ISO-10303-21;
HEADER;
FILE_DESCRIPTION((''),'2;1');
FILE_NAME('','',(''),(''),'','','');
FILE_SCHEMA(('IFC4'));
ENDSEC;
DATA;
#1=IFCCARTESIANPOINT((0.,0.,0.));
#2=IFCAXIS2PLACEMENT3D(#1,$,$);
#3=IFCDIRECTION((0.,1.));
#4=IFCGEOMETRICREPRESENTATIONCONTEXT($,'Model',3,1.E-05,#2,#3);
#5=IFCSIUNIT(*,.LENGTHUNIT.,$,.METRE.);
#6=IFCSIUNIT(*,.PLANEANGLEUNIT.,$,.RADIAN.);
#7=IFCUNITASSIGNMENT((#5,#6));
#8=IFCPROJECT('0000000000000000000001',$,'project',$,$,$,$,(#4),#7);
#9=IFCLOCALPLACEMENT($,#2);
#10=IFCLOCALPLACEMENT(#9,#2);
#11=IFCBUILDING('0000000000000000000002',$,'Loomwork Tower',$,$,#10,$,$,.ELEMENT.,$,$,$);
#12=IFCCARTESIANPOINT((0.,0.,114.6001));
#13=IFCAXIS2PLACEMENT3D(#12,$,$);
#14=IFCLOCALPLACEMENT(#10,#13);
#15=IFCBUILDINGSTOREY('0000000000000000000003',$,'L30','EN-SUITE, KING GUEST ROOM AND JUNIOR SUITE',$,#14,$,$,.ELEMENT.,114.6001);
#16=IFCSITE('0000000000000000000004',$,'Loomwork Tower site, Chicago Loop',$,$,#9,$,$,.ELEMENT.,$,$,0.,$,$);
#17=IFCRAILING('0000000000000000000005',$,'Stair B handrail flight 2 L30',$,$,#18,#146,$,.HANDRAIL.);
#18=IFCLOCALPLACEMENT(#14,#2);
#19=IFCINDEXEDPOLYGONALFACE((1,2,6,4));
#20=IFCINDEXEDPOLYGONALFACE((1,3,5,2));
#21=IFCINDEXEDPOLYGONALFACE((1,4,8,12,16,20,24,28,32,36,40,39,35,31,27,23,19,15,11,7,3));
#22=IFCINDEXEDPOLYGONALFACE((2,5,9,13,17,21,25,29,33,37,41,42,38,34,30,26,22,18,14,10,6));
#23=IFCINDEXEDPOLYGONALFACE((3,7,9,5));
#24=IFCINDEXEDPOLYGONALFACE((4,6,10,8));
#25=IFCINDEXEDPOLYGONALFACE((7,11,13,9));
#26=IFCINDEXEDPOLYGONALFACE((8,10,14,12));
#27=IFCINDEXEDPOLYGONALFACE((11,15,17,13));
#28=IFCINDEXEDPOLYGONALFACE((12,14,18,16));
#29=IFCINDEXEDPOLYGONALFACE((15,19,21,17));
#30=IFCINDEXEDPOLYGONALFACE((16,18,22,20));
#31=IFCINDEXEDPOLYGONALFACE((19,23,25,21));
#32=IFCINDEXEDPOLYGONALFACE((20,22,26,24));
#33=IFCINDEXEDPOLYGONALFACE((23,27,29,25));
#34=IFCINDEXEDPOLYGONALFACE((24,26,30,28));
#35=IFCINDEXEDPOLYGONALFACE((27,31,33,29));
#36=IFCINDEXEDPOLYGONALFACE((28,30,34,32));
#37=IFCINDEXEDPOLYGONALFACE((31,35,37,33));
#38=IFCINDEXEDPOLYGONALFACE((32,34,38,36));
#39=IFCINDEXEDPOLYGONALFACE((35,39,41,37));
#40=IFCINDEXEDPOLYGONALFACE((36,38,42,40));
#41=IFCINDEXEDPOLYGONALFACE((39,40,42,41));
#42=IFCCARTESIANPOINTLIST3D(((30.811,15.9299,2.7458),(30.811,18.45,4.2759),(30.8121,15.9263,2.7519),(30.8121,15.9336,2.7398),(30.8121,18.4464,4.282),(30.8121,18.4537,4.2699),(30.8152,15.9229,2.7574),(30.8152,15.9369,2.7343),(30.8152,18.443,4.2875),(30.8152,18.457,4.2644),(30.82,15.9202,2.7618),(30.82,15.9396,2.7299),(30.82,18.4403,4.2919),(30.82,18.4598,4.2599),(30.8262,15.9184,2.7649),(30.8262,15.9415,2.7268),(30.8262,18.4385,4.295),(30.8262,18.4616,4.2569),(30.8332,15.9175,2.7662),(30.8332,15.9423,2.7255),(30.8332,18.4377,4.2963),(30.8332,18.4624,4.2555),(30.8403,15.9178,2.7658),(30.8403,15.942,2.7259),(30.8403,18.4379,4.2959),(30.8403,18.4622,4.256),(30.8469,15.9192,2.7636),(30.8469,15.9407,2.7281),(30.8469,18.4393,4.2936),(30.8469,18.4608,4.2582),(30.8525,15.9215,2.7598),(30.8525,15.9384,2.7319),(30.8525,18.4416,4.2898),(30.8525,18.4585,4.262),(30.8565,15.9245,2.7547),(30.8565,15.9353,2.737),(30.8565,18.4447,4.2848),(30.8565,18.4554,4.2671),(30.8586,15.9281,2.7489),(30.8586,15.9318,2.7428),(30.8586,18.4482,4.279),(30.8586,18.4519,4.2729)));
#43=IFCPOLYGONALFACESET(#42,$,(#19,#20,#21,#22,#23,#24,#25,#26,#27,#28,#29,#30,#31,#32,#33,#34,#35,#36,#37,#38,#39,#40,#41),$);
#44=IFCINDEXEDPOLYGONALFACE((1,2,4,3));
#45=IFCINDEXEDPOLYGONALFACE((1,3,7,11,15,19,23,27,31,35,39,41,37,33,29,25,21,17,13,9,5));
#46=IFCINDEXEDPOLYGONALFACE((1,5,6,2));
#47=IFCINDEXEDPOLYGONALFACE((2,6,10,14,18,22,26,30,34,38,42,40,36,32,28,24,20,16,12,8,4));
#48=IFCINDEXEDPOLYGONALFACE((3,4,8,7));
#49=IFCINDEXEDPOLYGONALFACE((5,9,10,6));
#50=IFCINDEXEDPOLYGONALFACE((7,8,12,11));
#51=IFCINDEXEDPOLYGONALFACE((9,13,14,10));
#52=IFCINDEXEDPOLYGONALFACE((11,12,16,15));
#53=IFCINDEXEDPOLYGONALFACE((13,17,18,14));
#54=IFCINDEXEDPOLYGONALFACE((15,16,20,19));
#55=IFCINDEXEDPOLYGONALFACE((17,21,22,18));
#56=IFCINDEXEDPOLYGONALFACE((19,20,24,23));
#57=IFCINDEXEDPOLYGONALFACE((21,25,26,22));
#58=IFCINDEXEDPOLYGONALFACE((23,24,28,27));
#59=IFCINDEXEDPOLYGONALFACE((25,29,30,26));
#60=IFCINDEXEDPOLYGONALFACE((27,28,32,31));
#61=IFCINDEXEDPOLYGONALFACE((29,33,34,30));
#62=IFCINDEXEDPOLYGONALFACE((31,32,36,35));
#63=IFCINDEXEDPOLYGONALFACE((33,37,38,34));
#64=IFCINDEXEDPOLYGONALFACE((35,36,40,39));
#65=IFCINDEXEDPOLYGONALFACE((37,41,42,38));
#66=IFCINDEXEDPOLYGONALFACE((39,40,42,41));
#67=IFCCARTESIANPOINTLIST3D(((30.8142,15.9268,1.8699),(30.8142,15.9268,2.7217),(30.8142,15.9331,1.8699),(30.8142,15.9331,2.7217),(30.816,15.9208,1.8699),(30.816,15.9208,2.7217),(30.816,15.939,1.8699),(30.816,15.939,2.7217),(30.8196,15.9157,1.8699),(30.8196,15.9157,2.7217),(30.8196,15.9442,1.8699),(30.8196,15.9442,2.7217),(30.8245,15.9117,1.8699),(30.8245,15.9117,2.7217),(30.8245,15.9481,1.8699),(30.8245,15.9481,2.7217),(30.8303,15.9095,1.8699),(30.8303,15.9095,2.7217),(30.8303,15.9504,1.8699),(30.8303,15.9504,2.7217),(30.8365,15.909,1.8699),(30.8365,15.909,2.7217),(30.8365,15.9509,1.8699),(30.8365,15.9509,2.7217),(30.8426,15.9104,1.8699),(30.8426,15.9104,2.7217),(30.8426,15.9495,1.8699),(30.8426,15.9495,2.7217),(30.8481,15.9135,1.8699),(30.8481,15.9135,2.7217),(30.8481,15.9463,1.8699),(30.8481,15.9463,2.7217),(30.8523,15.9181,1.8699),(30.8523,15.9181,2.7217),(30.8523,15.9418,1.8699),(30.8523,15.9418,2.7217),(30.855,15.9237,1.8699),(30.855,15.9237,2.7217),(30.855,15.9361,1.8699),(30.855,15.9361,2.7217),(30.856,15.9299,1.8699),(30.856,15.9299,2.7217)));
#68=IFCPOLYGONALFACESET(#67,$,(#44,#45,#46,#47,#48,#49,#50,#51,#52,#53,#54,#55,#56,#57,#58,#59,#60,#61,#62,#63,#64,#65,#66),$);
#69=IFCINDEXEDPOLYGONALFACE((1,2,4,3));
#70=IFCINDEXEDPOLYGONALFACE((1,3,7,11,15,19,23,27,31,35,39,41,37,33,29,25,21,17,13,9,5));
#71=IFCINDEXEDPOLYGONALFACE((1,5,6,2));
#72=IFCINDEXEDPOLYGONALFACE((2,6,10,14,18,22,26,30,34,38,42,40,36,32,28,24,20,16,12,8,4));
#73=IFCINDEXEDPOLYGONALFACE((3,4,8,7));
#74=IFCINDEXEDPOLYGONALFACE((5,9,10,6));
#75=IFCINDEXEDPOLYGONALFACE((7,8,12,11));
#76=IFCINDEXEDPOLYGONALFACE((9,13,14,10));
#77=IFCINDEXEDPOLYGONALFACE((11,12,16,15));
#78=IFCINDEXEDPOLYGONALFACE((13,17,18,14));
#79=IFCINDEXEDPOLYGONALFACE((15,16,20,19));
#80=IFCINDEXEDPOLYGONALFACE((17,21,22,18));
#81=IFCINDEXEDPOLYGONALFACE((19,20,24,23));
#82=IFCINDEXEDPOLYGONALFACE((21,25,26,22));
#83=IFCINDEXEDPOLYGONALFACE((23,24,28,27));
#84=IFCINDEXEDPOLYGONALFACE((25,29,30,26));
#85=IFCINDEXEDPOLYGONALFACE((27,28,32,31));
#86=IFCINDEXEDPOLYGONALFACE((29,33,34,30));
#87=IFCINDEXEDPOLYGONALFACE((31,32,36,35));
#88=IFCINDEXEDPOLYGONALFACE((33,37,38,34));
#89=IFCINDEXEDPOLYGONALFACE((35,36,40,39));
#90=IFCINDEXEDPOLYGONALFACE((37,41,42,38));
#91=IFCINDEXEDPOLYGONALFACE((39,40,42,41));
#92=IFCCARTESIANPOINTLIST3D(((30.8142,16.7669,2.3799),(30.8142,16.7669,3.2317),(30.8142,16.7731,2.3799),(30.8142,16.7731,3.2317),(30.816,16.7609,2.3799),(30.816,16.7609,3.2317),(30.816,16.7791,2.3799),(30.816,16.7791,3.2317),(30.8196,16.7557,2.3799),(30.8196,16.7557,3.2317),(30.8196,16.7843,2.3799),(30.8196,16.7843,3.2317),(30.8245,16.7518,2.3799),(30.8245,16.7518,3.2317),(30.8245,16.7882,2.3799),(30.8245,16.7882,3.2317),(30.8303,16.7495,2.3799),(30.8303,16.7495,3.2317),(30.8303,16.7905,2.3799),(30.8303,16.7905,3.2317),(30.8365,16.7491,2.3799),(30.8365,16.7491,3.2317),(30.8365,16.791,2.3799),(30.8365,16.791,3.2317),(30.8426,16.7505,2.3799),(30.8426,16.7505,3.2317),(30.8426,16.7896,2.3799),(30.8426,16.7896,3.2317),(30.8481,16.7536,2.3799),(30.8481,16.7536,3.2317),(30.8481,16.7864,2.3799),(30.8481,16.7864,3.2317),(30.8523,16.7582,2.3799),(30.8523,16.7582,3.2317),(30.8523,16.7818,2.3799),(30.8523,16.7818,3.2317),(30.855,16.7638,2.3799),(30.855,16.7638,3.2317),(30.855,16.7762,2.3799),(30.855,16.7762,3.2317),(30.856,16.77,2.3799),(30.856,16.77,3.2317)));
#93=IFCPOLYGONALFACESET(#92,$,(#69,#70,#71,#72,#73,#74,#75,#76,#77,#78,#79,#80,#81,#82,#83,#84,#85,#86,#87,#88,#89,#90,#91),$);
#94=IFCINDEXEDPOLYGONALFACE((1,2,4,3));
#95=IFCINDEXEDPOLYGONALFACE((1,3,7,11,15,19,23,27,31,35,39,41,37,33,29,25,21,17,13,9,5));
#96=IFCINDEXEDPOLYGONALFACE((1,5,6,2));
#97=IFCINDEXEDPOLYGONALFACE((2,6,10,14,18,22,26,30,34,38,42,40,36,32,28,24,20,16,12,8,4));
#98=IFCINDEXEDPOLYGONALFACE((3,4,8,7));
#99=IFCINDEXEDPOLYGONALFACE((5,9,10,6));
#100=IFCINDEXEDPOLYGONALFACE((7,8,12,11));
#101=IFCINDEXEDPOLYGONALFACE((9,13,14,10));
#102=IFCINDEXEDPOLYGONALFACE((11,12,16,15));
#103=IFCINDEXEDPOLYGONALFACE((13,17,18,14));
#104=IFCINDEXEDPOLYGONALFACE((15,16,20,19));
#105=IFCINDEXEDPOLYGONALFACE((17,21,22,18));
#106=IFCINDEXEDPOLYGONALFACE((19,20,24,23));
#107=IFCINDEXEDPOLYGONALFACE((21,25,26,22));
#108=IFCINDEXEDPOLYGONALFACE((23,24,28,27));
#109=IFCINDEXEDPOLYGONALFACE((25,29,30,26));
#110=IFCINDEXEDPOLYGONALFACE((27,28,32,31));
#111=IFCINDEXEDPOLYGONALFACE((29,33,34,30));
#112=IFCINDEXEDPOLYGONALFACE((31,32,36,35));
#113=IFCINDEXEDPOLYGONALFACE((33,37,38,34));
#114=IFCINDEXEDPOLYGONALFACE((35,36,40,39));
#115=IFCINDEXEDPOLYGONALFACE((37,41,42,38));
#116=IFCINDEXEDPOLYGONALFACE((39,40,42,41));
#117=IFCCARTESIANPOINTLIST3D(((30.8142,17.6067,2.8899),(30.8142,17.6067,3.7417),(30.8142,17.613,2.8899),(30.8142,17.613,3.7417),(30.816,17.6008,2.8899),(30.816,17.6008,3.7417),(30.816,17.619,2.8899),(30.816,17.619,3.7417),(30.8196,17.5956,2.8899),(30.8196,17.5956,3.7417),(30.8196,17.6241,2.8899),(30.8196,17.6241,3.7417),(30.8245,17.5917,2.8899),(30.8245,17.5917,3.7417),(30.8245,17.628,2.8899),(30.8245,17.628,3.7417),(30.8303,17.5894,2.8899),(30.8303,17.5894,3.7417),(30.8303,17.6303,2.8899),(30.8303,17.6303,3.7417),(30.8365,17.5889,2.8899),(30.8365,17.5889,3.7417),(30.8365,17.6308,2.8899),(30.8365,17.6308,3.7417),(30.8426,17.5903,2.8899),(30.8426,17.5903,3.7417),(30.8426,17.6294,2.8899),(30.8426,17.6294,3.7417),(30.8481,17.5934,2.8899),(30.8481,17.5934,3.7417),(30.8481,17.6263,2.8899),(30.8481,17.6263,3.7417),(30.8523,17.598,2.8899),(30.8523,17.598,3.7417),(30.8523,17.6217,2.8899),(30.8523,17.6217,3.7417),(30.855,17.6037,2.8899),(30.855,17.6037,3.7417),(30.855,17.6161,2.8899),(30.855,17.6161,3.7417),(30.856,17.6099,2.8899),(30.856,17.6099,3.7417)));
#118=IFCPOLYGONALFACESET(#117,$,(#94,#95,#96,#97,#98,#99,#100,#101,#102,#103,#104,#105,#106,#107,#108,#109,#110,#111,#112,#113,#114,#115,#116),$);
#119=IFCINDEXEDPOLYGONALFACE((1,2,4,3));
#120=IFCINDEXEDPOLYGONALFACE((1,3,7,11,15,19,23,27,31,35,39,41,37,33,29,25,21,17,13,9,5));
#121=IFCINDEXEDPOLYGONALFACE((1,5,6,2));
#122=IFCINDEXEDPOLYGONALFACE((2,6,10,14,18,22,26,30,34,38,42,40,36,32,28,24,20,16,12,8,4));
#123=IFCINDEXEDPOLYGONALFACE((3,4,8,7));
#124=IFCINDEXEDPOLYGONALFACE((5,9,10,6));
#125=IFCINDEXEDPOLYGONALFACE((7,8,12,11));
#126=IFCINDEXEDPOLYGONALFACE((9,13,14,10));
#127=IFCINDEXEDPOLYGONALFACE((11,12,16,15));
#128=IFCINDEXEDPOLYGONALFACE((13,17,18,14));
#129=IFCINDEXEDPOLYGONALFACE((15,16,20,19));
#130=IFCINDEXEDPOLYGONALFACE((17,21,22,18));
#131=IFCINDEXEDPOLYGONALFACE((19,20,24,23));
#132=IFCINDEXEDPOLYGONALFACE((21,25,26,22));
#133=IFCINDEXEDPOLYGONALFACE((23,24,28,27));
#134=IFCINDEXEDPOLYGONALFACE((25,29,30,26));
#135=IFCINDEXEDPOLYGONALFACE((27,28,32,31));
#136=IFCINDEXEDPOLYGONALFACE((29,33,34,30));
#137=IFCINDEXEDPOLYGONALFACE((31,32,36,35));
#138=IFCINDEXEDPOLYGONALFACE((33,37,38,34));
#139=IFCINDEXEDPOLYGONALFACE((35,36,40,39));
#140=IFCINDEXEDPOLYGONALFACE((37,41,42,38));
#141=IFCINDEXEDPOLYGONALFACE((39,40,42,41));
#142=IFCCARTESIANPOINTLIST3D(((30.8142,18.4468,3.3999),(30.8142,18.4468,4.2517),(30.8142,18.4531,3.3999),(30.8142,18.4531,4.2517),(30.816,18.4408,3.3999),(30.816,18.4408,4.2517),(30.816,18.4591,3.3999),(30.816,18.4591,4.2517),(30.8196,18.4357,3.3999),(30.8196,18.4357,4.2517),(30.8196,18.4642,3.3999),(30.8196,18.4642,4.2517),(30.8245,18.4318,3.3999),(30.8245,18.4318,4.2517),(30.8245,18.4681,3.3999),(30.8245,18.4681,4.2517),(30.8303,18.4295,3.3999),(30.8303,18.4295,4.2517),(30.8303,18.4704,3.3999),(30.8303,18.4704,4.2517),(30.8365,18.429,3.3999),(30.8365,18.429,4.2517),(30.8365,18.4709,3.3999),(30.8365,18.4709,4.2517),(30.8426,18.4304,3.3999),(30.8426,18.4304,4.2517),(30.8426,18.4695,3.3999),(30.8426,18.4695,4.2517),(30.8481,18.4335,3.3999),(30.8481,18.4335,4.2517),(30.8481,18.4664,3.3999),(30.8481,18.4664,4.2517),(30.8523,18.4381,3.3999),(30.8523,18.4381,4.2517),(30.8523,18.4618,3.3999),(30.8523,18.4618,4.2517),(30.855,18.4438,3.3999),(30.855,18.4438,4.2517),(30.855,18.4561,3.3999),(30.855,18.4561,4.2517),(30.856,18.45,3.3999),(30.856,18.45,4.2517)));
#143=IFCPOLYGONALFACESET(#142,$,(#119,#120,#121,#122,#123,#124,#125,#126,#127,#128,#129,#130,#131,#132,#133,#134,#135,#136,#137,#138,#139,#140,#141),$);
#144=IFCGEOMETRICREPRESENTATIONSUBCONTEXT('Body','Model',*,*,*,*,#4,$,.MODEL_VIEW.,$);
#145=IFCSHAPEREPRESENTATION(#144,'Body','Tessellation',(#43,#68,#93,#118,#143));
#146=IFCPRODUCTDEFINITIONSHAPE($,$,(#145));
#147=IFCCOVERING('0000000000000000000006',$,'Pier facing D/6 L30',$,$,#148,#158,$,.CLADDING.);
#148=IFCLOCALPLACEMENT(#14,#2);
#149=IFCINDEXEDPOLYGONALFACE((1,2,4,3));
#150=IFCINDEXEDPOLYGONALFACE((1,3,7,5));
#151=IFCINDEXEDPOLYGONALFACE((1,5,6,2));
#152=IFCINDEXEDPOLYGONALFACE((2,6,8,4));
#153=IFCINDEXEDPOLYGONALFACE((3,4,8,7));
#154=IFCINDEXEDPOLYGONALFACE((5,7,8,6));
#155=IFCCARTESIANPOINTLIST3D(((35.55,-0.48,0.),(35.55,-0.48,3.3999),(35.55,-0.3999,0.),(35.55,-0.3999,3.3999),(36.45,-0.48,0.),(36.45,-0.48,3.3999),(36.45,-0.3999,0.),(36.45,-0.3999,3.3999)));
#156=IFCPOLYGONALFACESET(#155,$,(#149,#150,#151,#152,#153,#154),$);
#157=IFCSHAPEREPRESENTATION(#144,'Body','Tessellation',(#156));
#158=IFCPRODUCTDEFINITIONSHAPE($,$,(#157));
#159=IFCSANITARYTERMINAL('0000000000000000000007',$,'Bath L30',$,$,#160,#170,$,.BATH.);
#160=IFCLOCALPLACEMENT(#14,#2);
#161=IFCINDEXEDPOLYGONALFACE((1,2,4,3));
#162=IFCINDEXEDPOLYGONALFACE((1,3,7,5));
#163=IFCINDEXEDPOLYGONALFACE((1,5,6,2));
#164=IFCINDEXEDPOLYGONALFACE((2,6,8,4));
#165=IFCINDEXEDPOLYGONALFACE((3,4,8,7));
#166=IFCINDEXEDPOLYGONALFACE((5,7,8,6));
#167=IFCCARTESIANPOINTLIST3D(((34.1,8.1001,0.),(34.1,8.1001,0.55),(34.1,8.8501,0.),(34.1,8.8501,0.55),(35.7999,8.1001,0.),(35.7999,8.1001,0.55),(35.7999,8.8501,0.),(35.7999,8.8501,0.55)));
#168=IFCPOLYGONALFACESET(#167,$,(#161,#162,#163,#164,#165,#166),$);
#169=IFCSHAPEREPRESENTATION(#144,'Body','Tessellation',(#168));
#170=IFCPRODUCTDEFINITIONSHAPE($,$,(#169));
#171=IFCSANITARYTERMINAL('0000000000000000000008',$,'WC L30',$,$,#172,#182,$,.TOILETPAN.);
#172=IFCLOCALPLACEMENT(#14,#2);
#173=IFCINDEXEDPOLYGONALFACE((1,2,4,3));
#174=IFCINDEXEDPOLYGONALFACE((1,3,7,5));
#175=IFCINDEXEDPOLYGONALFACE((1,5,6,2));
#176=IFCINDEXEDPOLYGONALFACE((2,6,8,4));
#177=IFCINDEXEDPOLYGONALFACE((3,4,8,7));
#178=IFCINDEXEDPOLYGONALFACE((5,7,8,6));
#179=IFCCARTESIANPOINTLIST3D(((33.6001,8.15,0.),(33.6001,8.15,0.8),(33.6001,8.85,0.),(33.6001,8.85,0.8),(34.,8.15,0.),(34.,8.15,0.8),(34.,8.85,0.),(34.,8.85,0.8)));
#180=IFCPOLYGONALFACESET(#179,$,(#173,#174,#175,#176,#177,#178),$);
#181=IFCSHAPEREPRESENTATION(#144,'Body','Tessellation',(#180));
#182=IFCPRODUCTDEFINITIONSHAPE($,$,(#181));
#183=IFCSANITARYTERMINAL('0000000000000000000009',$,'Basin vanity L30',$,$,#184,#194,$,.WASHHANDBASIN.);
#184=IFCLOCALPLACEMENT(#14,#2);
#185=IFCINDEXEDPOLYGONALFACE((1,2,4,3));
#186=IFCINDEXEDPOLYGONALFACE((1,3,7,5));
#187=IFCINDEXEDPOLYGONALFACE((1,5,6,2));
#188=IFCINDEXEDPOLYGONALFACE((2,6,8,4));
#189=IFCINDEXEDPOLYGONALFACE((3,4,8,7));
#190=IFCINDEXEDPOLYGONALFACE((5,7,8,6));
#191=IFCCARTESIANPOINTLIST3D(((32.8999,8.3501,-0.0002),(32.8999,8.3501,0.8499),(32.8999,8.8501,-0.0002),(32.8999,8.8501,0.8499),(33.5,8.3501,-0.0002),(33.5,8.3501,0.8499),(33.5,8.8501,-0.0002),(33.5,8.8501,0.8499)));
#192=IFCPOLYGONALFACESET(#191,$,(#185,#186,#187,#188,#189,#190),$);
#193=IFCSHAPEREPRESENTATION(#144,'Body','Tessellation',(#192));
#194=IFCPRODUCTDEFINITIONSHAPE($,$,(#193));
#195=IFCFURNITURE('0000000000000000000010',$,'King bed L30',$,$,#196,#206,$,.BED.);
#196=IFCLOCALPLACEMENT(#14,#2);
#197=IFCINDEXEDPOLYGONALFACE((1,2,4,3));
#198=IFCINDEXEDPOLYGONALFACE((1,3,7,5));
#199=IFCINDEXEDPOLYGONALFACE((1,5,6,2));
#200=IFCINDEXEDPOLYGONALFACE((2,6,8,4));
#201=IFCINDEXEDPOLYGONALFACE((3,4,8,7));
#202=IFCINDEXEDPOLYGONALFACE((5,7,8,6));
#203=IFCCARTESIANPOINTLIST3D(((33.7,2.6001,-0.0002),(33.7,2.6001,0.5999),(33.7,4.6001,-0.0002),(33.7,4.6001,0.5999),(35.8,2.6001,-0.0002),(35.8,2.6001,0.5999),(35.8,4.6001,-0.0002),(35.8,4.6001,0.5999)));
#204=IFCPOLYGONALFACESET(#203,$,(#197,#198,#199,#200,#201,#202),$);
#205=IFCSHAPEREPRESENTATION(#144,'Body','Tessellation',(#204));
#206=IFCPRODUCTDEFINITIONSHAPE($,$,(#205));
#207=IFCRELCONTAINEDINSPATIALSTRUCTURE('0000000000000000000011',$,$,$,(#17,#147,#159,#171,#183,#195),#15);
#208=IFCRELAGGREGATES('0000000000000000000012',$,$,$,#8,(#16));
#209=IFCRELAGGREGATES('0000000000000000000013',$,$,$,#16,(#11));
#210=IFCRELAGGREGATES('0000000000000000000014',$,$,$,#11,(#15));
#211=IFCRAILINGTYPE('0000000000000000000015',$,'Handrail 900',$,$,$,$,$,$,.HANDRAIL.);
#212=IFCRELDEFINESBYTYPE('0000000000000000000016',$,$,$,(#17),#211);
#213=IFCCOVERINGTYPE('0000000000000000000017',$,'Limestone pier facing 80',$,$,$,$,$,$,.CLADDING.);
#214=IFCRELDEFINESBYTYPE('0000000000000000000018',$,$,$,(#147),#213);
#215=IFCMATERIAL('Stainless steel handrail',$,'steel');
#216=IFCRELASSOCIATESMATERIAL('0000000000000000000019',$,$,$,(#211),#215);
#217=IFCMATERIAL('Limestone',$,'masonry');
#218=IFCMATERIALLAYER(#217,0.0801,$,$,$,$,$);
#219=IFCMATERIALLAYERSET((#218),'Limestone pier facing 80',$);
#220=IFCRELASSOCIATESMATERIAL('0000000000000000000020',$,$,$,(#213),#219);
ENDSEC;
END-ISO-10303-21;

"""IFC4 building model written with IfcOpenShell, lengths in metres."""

from ifc_helpers import new_model, si_unit, direction, frame, origin, origin_2d, place, context, subcontext, project, spatial, rectangle, circle, extrude, material, layer, layer_set, type_object, element, save


model = new_model("IFC4")

# Units and contexts
model_context = context("Model", 3, precision=1e-05, world=origin(), true_north=direction((0.0, 1.0)))
body_context = subcontext(model_context, "Body", "Model", "MODEL_VIEW")
ifc_project = project(units=[si_unit("LENGTHUNIT", "METRE"), si_unit("PLANEANGLEUNIT", "RADIAN")], contexts=[model_context])

# Site, building, storey
site_placement = place(None, origin())
site = spatial("IfcSite", under=ifc_project, at=site_placement, Name="Loomwork Tower site, Chicago Loop", CompositionType="ELEMENT", RefElevation=0.0)
building_placement = place(site_placement, origin())
building = spatial("IfcBuilding", under=site, at=building_placement, Name="Loomwork Tower", CompositionType="ELEMENT")
storey_placement = place(building_placement, frame((0.0, 0.0, 114.6001)))
storey = spatial("IfcBuildingStorey", under=building, at=storey_placement, Name="L30", Description="EN-SUITE, KING GUEST ROOM AND JUNIOR SUITE", CompositionType="ELEMENT", Elevation=114.6001)

# Railing
ifc_material_1 = material(Name="Stainless steel handrail", Category="steel")
railing_type = type_object("IfcRailingType", Name="Handrail 900", PredefinedType="HANDRAIL", material=ifc_material_1)
railing_placement = place(storey_placement, frame((30.835, 15.9299, 1.8699)))
element("IfcRailing", 1, at=railing_placement, inside=storey, type_object=railing_type, Name="Stair B handrail flight 2 L30", PredefinedType="HANDRAIL", context=body_context, shape_type="SweptSolid", body=[
    extrude(circle(Radius=0.0239, at=origin_2d()), frame((0.0, 0.0, 0.876), z_axis=(0.0, 0.854785, 0.518982), x_axis=(-1.0, 0.0, 0.0)), (0.0, 0.0, 1.0), 2.9482),
    extrude(circle(Radius=0.021, at=origin_2d()), origin(), (0.0, 0.0, 1.0), 0.8518),
    extrude(circle(Radius=0.021, at=origin_2d()), frame((0.0, 0.8401, 0.51)), (0.0, 0.0, 1.0), 0.8518),
    extrude(circle(Radius=0.021, at=origin_2d()), frame((0.0, 1.6799, 1.02)), (0.0, 0.0, 1.0), 0.8518),
    extrude(circle(Radius=0.021, at=origin_2d()), frame((0.0, 2.52, 1.53)), (0.0, 0.0, 1.0), 0.8518),
])

# Covering
ifc_material_2 = material(Name="Limestone", Category="masonry")
ifc_layer_1 = layer(ifc_material_2, 0.0801)
ifc_layer_set_1 = layer_set([ifc_layer_1], Name="Limestone pier facing 80")
covering_type = type_object("IfcCoveringType", Name="Limestone pier facing 80", PredefinedType="CLADDING", material=ifc_layer_set_1)
covering_placement = place(storey_placement, frame((36.0, -0.4399, 0.0), z_axis=(0.0, 0.0, 1.0), x_axis=(1.0, 0.0, 0.0)))
element("IfcCovering", 2, at=covering_placement, inside=storey, type_object=covering_type, Name="Pier facing D/6 L30", PredefinedType="CLADDING", context=body_context, shape_type="SweptSolid", body=[
    extrude(rectangle(XDim=0.8999, YDim=0.0801, at=origin_2d()), origin(), (0.0, 0.0, 1.0), 3.3999),
])

# Sanitary terminals
sanitary_terminal_1_placement = place(storey_placement, frame((34.95, 8.4751, 0.0), z_axis=(0.0, 0.0, 1.0), x_axis=(1.0, 0.0, 0.0)))
element("IfcSanitaryTerminal", 3, at=sanitary_terminal_1_placement, inside=storey, Name="Bath L30", PredefinedType="BATH", context=body_context, shape_type="SweptSolid", body=[
    extrude(rectangle(XDim=1.7, YDim=0.75, at=origin_2d()), origin(), (0.0, 0.0, 1.0), 0.55),
])
sanitary_terminal_2_placement = place(storey_placement, frame((33.8, 8.5, 0.0), z_axis=(0.0, 0.0, 1.0), x_axis=(1.0, 0.0, 0.0)))
element("IfcSanitaryTerminal", 4, at=sanitary_terminal_2_placement, inside=storey, Name="WC L30", PredefinedType="TOILETPAN", context=body_context, shape_type="SweptSolid", body=[
    extrude(rectangle(XDim=0.3999, YDim=0.7, at=origin_2d()), origin(), (0.0, 0.0, 1.0), 0.8),
])
sanitary_terminal_3_placement = place(storey_placement, frame((33.2, 8.6001, -0.0002), z_axis=(0.0, 0.0, 1.0), x_axis=(1.0, 0.0, 0.0)))
element("IfcSanitaryTerminal", 5, at=sanitary_terminal_3_placement, inside=storey, Name="Basin vanity L30", PredefinedType="WASHHANDBASIN", context=body_context, shape_type="SweptSolid", body=[
    extrude(rectangle(XDim=0.6001, YDim=0.5, at=origin_2d()), origin(), (0.0, 0.0, 1.0), 0.8501),
])

# Furniture
furniture_1_placement = place(storey_placement, frame((34.75, 3.6001, -0.0002), z_axis=(0.0, 0.0, 1.0), x_axis=(1.0, 0.0, 0.0)))
element("IfcFurniture", 6, at=furniture_1_placement, inside=storey, Name="King bed L30", PredefinedType="BED", context=body_context, shape_type="SweptSolid", body=[
    extrude(rectangle(XDim=2.1001, YDim=2.0, at=origin_2d()), origin(), (0.0, 0.0, 1.0), 0.6001),
])

save(model, "model.ifc")
